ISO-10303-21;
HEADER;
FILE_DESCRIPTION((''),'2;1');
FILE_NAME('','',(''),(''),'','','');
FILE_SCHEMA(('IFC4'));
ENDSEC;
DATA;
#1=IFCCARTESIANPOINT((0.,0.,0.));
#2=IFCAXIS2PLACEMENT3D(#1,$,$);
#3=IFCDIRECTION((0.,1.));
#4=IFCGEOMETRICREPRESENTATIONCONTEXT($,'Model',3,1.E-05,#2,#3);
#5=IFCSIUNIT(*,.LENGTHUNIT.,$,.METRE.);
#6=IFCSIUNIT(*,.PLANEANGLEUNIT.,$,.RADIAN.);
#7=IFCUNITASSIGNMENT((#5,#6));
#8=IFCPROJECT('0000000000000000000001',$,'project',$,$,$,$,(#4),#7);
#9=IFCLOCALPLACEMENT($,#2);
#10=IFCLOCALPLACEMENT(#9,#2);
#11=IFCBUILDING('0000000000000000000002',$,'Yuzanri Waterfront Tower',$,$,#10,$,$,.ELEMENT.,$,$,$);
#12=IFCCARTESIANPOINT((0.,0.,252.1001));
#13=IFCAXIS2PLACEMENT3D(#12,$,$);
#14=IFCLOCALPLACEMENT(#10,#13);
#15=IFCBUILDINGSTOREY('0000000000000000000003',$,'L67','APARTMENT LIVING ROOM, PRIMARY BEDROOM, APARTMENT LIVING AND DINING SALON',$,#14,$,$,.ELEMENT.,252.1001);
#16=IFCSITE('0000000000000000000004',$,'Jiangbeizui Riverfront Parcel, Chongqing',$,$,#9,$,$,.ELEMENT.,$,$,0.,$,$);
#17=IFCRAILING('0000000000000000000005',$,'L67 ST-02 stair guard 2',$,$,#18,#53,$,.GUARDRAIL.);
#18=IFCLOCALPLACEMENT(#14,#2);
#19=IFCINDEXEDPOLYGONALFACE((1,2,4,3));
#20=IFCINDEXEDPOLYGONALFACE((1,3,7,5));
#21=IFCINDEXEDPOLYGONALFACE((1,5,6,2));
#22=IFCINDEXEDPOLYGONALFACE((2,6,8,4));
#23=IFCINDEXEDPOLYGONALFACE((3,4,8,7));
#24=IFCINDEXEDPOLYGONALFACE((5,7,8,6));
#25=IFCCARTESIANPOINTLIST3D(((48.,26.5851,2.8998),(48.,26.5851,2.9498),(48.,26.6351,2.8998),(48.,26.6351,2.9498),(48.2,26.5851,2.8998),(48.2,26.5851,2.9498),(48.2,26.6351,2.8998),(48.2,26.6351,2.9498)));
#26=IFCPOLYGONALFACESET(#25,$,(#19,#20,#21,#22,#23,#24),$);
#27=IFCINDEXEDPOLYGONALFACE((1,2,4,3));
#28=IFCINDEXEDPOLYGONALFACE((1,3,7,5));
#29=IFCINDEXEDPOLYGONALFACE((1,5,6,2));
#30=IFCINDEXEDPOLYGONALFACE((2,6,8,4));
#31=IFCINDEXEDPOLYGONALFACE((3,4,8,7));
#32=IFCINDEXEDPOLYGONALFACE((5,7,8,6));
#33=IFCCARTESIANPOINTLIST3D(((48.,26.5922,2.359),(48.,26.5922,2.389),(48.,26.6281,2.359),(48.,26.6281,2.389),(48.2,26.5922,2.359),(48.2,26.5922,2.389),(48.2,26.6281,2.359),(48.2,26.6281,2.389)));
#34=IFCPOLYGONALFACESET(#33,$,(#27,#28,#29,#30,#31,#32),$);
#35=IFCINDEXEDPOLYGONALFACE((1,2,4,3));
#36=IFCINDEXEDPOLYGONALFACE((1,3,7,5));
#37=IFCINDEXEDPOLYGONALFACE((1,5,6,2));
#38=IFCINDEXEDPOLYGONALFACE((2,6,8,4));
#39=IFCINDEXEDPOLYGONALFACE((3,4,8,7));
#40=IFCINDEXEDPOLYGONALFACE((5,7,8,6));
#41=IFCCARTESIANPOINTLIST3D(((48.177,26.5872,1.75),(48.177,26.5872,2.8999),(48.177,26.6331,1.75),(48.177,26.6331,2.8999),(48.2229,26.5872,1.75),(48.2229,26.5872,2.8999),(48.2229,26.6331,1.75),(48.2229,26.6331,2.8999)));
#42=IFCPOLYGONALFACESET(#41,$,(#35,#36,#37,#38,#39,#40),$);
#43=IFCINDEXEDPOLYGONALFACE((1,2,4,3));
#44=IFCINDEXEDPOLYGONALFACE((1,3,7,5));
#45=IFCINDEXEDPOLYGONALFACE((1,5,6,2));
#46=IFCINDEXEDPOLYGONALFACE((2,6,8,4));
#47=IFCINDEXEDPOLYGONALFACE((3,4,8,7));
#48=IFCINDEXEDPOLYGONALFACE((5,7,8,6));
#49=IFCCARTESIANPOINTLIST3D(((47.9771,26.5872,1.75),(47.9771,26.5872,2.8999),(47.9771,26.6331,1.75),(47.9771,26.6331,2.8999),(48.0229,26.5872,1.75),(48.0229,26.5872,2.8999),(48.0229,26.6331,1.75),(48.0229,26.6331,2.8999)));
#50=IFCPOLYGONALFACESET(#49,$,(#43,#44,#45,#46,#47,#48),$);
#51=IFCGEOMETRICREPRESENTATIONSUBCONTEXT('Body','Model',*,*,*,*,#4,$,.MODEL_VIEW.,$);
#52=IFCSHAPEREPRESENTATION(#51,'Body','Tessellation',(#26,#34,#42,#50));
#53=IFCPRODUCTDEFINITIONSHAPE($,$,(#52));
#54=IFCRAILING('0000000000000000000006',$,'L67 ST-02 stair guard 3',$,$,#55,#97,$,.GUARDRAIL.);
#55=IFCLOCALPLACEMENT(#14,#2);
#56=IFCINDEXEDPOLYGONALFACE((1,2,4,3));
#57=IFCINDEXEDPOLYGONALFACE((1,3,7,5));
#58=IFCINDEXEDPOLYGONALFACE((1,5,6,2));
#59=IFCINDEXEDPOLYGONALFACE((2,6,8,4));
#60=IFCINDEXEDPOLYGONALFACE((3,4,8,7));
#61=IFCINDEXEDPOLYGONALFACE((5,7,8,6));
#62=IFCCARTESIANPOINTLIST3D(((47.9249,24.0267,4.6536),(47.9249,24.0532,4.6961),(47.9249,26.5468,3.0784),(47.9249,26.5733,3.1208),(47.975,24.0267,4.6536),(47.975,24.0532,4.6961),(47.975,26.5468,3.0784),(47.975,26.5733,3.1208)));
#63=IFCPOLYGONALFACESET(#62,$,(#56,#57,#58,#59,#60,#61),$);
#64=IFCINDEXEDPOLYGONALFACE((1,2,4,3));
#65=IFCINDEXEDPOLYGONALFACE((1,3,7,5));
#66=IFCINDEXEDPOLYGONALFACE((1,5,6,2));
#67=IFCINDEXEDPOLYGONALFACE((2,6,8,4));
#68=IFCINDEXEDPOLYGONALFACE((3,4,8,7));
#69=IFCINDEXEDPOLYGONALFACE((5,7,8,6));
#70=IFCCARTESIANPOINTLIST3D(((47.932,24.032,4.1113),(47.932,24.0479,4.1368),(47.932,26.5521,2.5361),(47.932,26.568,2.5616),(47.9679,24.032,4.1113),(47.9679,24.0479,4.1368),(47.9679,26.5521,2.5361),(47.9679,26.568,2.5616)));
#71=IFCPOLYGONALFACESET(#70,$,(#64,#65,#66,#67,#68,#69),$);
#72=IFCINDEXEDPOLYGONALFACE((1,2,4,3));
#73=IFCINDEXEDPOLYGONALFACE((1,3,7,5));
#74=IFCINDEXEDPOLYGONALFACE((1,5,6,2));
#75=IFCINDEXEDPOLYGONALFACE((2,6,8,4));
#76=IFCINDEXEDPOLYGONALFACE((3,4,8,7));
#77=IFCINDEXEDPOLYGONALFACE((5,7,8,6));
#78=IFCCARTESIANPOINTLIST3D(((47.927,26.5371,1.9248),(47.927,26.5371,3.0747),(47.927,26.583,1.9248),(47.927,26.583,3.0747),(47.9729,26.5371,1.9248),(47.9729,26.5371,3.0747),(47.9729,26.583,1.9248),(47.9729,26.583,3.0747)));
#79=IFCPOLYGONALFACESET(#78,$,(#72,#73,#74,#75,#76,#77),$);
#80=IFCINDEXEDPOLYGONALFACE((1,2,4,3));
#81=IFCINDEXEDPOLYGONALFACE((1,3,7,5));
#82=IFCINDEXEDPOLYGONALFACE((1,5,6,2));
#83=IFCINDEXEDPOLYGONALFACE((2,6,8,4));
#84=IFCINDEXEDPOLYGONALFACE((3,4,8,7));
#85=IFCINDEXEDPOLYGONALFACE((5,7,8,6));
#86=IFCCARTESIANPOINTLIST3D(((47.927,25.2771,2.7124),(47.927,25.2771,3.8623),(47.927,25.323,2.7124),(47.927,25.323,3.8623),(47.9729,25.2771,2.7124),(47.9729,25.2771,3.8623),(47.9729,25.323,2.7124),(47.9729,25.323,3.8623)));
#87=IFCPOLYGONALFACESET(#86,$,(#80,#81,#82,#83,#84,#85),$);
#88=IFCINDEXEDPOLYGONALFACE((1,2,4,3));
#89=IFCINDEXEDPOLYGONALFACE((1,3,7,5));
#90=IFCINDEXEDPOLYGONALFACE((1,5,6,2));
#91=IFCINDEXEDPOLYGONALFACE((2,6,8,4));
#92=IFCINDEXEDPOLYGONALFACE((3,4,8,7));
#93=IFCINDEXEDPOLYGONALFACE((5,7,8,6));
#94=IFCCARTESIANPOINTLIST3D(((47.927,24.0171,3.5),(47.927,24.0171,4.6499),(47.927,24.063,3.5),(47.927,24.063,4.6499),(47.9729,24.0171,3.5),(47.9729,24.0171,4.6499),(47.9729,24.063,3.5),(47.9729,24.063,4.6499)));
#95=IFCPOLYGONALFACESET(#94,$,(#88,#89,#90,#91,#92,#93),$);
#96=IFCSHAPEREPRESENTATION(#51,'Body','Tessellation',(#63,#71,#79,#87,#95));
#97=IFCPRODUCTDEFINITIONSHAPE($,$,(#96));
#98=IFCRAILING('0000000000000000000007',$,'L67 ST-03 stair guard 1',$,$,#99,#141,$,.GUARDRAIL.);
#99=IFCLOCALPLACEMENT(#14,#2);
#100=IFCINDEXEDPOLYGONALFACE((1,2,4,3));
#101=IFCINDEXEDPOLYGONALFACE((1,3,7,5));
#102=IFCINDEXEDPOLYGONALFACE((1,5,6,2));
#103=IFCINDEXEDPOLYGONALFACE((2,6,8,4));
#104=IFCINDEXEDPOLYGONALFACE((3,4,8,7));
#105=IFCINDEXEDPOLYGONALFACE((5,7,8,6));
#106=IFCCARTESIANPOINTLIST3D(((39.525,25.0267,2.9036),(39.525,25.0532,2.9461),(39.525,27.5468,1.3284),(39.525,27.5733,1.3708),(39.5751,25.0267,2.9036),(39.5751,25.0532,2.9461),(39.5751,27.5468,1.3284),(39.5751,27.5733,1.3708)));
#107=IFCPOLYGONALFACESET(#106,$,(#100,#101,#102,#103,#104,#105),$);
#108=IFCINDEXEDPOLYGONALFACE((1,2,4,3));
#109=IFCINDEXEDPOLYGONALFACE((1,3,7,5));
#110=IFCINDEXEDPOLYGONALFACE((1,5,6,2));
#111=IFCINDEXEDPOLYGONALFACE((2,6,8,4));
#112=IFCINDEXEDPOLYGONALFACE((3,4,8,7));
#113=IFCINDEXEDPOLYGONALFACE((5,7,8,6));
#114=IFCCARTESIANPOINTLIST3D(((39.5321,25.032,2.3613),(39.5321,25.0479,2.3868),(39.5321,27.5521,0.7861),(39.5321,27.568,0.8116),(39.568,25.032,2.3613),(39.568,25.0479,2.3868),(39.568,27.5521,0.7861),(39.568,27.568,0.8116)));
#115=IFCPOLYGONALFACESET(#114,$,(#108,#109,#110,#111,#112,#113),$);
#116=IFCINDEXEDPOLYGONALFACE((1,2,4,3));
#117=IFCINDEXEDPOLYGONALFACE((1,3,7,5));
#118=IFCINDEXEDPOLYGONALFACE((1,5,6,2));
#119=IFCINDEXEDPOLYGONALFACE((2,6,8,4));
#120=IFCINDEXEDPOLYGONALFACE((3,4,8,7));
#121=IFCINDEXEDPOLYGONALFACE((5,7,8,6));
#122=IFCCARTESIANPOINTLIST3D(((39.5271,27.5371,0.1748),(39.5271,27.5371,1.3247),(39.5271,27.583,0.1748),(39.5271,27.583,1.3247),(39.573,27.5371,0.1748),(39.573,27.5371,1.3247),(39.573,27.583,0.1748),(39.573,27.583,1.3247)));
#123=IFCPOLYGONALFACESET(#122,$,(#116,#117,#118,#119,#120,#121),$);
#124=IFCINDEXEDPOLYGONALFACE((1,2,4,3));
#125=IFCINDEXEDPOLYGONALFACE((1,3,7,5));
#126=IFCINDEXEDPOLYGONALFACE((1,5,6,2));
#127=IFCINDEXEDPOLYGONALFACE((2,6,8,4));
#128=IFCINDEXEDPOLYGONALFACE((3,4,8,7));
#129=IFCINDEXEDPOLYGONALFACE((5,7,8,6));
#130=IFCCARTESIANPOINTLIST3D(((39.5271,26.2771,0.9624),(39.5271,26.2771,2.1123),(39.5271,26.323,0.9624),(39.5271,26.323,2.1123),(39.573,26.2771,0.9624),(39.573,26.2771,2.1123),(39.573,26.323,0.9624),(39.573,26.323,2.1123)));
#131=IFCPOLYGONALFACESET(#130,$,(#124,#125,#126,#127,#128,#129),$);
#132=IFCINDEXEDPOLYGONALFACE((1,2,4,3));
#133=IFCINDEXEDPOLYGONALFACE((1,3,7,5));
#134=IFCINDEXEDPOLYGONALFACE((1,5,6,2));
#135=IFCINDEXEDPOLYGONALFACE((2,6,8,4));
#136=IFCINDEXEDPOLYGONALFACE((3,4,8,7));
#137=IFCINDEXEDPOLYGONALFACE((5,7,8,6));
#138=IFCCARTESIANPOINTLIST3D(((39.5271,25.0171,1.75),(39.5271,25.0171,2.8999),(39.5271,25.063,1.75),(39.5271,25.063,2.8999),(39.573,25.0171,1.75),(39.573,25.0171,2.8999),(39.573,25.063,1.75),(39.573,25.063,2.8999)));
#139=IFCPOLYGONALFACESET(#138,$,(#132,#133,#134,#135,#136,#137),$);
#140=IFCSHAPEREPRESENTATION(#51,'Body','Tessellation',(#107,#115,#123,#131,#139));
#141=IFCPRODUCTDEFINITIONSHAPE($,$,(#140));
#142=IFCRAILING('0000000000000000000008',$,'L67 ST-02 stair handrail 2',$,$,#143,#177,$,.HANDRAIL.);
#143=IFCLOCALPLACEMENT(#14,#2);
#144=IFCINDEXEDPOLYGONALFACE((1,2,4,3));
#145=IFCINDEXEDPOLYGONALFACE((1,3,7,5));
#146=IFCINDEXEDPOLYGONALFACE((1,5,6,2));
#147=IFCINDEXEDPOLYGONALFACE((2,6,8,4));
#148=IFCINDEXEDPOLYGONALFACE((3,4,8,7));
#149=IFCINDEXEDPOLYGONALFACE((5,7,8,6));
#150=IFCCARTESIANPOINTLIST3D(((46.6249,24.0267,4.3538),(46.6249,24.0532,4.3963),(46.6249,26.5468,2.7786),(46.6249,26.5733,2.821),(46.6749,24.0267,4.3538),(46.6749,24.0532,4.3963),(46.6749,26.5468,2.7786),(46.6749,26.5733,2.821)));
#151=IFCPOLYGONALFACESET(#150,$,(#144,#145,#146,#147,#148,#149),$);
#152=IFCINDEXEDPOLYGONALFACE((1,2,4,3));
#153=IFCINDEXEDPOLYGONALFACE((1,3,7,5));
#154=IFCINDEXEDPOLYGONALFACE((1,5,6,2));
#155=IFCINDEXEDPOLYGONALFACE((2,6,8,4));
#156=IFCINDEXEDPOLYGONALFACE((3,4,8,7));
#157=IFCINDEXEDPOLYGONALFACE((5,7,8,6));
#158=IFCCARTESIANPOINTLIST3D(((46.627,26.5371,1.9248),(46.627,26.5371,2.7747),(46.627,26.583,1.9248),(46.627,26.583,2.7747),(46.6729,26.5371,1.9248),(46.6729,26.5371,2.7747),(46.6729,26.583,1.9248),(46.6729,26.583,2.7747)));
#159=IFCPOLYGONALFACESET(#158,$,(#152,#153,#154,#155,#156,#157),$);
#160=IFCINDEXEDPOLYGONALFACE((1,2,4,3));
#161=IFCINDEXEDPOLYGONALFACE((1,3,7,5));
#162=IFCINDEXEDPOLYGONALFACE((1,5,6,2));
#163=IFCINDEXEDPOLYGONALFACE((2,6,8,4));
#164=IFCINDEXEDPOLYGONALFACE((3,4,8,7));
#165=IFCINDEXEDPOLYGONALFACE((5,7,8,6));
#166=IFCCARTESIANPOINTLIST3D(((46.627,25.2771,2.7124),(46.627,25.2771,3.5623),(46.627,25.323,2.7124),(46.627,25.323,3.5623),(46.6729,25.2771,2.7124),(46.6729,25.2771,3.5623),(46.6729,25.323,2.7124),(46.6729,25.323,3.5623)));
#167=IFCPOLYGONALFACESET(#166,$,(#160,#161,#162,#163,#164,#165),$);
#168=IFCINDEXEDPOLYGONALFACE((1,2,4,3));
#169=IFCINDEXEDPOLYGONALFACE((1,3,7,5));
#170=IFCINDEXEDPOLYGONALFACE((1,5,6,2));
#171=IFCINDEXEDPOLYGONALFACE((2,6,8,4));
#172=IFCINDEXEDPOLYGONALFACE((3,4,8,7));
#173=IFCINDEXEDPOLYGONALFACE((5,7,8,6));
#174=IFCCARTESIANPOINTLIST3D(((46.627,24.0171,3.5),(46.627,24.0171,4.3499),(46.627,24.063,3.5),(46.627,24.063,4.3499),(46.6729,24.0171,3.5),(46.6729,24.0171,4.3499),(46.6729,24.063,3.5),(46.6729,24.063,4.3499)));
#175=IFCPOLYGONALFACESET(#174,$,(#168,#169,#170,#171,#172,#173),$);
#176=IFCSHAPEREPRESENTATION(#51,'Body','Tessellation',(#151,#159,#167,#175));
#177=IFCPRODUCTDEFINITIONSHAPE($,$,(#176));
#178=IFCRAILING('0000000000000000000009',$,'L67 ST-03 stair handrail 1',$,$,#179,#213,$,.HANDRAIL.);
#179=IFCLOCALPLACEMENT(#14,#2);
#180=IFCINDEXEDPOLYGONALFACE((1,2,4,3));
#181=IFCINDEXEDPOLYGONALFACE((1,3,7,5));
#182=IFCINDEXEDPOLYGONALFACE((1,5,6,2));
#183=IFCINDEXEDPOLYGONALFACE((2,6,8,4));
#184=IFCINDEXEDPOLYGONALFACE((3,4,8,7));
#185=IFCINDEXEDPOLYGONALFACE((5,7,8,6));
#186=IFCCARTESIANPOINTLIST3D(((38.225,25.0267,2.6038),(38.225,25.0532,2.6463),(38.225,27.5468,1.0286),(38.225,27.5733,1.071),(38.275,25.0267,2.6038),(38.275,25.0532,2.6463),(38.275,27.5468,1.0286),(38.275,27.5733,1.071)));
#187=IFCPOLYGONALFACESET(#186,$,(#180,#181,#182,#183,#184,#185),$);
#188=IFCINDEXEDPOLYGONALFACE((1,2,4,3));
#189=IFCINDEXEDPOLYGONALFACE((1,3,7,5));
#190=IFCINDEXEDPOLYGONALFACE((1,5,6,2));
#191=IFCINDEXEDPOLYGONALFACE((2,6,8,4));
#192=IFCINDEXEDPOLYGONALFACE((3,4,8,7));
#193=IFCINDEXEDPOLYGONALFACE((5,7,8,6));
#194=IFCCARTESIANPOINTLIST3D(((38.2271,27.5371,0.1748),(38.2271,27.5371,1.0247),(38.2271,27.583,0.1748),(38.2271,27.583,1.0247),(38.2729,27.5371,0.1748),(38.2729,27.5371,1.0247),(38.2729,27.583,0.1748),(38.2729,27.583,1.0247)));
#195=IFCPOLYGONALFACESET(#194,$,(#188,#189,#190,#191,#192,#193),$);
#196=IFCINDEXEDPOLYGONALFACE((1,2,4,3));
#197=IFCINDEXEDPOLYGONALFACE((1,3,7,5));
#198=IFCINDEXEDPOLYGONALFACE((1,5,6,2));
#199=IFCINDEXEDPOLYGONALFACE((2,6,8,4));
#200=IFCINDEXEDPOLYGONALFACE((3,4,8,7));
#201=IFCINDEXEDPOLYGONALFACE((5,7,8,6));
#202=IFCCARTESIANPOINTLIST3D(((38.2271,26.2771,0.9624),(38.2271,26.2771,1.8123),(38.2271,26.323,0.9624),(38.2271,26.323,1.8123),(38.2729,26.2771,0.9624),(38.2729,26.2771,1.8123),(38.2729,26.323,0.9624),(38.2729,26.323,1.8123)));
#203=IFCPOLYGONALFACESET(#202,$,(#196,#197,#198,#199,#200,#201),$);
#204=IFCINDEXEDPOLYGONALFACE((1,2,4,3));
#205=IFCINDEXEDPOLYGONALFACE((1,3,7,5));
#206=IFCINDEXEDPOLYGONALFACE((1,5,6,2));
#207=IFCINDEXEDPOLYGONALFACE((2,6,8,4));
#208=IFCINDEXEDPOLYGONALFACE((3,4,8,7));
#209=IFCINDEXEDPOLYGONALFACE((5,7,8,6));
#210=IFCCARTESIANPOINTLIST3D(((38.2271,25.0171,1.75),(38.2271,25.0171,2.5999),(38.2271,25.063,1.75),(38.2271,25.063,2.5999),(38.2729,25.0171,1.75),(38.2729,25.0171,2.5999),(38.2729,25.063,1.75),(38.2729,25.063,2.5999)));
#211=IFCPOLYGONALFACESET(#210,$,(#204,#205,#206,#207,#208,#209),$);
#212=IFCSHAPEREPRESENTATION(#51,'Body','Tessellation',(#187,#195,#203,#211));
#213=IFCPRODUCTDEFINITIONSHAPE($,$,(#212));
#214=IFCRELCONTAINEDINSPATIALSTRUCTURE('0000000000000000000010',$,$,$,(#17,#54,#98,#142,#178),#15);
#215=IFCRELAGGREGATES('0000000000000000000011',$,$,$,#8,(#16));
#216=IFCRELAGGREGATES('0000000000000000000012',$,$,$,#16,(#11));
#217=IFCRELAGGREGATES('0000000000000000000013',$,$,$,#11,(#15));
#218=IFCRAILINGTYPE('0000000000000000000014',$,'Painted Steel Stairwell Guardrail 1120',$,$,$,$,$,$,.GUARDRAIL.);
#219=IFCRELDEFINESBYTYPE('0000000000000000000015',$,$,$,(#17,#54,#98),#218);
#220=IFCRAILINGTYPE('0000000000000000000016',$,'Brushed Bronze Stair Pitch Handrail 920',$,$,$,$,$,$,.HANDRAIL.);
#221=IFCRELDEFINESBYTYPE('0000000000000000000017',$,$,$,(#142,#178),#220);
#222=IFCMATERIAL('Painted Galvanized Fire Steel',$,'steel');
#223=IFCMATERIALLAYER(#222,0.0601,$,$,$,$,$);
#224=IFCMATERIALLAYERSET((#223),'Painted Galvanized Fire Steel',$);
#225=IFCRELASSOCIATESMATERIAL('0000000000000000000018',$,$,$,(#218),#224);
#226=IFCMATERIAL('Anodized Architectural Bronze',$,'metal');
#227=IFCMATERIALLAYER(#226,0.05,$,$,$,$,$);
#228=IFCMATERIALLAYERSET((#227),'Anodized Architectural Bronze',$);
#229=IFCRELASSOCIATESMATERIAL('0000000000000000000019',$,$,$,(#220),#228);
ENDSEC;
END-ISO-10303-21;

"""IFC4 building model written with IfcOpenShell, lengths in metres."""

from ifc_helpers import new_model, si_unit, direction, frame, origin, origin_2d, place, context, subcontext, project, spatial, rectangle, extrude, source, transform, mapped, material, layer, layer_set, type_object, element, save


model = new_model("IFC4")

# Units and contexts
model_context = context("Model", 3, precision=1e-05, world=origin(), true_north=direction((0.0, 1.0)))
body_context = subcontext(model_context, "Body", "Model", "MODEL_VIEW")
ifc_project = project(units=[si_unit("LENGTHUNIT", "METRE"), si_unit("PLANEANGLEUNIT", "RADIAN")], contexts=[model_context])

# Site, building, storey
site_placement = place(None, origin())
site = spatial("IfcSite", under=ifc_project, at=site_placement, Name="Jiangbeizui Riverfront Parcel, Chongqing", CompositionType="ELEMENT", RefElevation=0.0)
building_placement = place(site_placement, origin())
building = spatial("IfcBuilding", under=site, at=building_placement, Name="Yuzanri Waterfront Tower", CompositionType="ELEMENT")
storey_placement = place(building_placement, frame((0.0, 0.0, 252.1001)))
storey = spatial("IfcBuildingStorey", under=building, at=storey_placement, Name="L67", Description="APARTMENT LIVING ROOM, PRIMARY BEDROOM, APARTMENT LIVING AND DINING SALON", CompositionType="ELEMENT", Elevation=252.1001)

# Railings
ifc_material_1 = material(Name="Painted Galvanized Fire Steel", Category="steel")
ifc_layer_1 = layer(ifc_material_1, 0.0601)
ifc_layer_set_1 = layer_set([ifc_layer_1], Name="Painted Galvanized Fire Steel")
railing_type_1 = type_object("IfcRailingType", Name="Painted Steel Stairwell Guardrail 1120", PredefinedType="GUARDRAIL", material=ifc_layer_set_1)
shared_shape_1 = source(origin(), body_context, "Body", "SweptSolid", [
    extrude(rectangle(XDim=0.05, YDim=0.05, at=origin_2d()), frame((0.0, 0.0, 1.1748), z_axis=(-1.0, 0.0, 0.0), x_axis=(0.0, -1.0, 0.0)), (0.0, 0.0, 1.0), 0.2),
    extrude(rectangle(XDim=0.0359, YDim=0.03, at=origin_2d()), frame((0.0, 0.0, 0.624), z_axis=(-1.0, 0.0, 0.0), x_axis=(0.0, -1.0, 0.0)), (0.0, 0.0, 1.0), 0.2),
    extrude(rectangle(XDim=0.0459, YDim=0.0459, at=origin_2d()), origin(), (0.0, 0.0, 1.0), 1.1499),
    extrude(rectangle(XDim=0.0459, YDim=0.0459, at=origin_2d()), frame((-0.2, 0.0, 0.0)), (0.0, 0.0, 1.0), 1.1499),
])
railing_1_placement = place(storey_placement, frame((48.2, 26.6101, 1.75)))
element("IfcRailing", 1, at=railing_1_placement, inside=storey, type_object=railing_type_1, Name="L67 ST-02 stair guard 2", PredefinedType="GUARDRAIL", context=body_context, shape_type="MappedRepresentation", body=[
    mapped(shared_shape_1, transform((0.0, 0.0, 0.0), scale=1.0)),
])
shared_shape_2 = source(origin(), body_context, "Body", "SweptSolid", [
    extrude(rectangle(XDim=0.05, YDim=0.05, at=origin_2d()), frame((0.0, 0.0, 1.1748), z_axis=(0.0, -0.847971, 0.530043), x_axis=(1.0, 0.0, 0.0)), (0.0, 0.0, 1.0), 2.9719),
    extrude(rectangle(XDim=0.0359, YDim=0.03, at=origin_2d()), frame((0.0, 0.0, 0.624), z_axis=(0.0, -0.847971, 0.530043), x_axis=(1.0, 0.0, 0.0)), (0.0, 0.0, 1.0), 2.9719),
    extrude(rectangle(XDim=0.0459, YDim=0.0459, at=origin_2d()), origin(), (0.0, 0.0, 1.0), 1.1499),
    extrude(rectangle(XDim=0.0459, YDim=0.0459, at=origin_2d()), frame((0.0, -1.26, 0.7876)), (0.0, 0.0, 1.0), 1.1499),
    extrude(rectangle(XDim=0.0459, YDim=0.0459, at=origin_2d()), frame((0.0, -2.52, 1.5752)), (0.0, 0.0, 1.0), 1.1499),
])
for number, where, name in (
    (2, (47.95, 26.5601, 1.9248), "L67 ST-02 stair guard 3"),
    (3, (39.55, 27.5601, 0.1748), "L67 ST-03 stair guard 1"),
):
    element("IfcRailing", number, at=place(storey_placement, frame(where)), inside=storey, type_object=railing_type_1, Name=name, PredefinedType="GUARDRAIL", context=body_context, shape_type="MappedRepresentation", body=[
        mapped(shared_shape_2, transform((0.0, 0.0, 0.0), scale=1.0)),
    ])
ifc_material_2 = material(Name="Anodized Architectural Bronze", Category="metal")
ifc_layer_2 = layer(ifc_material_2, 0.05)
ifc_layer_set_2 = layer_set([ifc_layer_2], Name="Anodized Architectural Bronze")
railing_type_2 = type_object("IfcRailingType", Name="Brushed Bronze Stair Pitch Handrail 920", PredefinedType="HANDRAIL", material=ifc_layer_set_2)
shared_shape_3 = source(origin(), body_context, "Body", "SweptSolid", [
    extrude(rectangle(XDim=0.05, YDim=0.05, at=origin_2d()), frame((0.0, 0.0, 0.875), z_axis=(0.0, -0.847971, 0.530043), x_axis=(1.0, 0.0, 0.0)), (0.0, 0.0, 1.0), 2.9719),
    extrude(rectangle(XDim=0.0459, YDim=0.0459, at=origin_2d()), origin(), (0.0, 0.0, 1.0), 0.8499),
    extrude(rectangle(XDim=0.0459, YDim=0.0459, at=origin_2d()), frame((0.0, -1.26, 0.7876)), (0.0, 0.0, 1.0), 0.8499),
    extrude(rectangle(XDim=0.0459, YDim=0.0459, at=origin_2d()), frame((0.0, -2.52, 1.5752)), (0.0, 0.0, 1.0), 0.8499),
])
for number, where, name in (
    (4, (46.6499, 26.5601, 1.9248), "L67 ST-02 stair handrail 2"),
    (5, (38.25, 27.5601, 0.1748), "L67 ST-03 stair handrail 1"),
):
    element("IfcRailing", number, at=place(storey_placement, frame(where)), inside=storey, type_object=railing_type_2, Name=name, PredefinedType="HANDRAIL", context=body_context, shape_type="MappedRepresentation", body=[
        mapped(shared_shape_3, transform((0.0, 0.0, 0.0), scale=1.0)),
    ])

save(model, "model.ifc")
